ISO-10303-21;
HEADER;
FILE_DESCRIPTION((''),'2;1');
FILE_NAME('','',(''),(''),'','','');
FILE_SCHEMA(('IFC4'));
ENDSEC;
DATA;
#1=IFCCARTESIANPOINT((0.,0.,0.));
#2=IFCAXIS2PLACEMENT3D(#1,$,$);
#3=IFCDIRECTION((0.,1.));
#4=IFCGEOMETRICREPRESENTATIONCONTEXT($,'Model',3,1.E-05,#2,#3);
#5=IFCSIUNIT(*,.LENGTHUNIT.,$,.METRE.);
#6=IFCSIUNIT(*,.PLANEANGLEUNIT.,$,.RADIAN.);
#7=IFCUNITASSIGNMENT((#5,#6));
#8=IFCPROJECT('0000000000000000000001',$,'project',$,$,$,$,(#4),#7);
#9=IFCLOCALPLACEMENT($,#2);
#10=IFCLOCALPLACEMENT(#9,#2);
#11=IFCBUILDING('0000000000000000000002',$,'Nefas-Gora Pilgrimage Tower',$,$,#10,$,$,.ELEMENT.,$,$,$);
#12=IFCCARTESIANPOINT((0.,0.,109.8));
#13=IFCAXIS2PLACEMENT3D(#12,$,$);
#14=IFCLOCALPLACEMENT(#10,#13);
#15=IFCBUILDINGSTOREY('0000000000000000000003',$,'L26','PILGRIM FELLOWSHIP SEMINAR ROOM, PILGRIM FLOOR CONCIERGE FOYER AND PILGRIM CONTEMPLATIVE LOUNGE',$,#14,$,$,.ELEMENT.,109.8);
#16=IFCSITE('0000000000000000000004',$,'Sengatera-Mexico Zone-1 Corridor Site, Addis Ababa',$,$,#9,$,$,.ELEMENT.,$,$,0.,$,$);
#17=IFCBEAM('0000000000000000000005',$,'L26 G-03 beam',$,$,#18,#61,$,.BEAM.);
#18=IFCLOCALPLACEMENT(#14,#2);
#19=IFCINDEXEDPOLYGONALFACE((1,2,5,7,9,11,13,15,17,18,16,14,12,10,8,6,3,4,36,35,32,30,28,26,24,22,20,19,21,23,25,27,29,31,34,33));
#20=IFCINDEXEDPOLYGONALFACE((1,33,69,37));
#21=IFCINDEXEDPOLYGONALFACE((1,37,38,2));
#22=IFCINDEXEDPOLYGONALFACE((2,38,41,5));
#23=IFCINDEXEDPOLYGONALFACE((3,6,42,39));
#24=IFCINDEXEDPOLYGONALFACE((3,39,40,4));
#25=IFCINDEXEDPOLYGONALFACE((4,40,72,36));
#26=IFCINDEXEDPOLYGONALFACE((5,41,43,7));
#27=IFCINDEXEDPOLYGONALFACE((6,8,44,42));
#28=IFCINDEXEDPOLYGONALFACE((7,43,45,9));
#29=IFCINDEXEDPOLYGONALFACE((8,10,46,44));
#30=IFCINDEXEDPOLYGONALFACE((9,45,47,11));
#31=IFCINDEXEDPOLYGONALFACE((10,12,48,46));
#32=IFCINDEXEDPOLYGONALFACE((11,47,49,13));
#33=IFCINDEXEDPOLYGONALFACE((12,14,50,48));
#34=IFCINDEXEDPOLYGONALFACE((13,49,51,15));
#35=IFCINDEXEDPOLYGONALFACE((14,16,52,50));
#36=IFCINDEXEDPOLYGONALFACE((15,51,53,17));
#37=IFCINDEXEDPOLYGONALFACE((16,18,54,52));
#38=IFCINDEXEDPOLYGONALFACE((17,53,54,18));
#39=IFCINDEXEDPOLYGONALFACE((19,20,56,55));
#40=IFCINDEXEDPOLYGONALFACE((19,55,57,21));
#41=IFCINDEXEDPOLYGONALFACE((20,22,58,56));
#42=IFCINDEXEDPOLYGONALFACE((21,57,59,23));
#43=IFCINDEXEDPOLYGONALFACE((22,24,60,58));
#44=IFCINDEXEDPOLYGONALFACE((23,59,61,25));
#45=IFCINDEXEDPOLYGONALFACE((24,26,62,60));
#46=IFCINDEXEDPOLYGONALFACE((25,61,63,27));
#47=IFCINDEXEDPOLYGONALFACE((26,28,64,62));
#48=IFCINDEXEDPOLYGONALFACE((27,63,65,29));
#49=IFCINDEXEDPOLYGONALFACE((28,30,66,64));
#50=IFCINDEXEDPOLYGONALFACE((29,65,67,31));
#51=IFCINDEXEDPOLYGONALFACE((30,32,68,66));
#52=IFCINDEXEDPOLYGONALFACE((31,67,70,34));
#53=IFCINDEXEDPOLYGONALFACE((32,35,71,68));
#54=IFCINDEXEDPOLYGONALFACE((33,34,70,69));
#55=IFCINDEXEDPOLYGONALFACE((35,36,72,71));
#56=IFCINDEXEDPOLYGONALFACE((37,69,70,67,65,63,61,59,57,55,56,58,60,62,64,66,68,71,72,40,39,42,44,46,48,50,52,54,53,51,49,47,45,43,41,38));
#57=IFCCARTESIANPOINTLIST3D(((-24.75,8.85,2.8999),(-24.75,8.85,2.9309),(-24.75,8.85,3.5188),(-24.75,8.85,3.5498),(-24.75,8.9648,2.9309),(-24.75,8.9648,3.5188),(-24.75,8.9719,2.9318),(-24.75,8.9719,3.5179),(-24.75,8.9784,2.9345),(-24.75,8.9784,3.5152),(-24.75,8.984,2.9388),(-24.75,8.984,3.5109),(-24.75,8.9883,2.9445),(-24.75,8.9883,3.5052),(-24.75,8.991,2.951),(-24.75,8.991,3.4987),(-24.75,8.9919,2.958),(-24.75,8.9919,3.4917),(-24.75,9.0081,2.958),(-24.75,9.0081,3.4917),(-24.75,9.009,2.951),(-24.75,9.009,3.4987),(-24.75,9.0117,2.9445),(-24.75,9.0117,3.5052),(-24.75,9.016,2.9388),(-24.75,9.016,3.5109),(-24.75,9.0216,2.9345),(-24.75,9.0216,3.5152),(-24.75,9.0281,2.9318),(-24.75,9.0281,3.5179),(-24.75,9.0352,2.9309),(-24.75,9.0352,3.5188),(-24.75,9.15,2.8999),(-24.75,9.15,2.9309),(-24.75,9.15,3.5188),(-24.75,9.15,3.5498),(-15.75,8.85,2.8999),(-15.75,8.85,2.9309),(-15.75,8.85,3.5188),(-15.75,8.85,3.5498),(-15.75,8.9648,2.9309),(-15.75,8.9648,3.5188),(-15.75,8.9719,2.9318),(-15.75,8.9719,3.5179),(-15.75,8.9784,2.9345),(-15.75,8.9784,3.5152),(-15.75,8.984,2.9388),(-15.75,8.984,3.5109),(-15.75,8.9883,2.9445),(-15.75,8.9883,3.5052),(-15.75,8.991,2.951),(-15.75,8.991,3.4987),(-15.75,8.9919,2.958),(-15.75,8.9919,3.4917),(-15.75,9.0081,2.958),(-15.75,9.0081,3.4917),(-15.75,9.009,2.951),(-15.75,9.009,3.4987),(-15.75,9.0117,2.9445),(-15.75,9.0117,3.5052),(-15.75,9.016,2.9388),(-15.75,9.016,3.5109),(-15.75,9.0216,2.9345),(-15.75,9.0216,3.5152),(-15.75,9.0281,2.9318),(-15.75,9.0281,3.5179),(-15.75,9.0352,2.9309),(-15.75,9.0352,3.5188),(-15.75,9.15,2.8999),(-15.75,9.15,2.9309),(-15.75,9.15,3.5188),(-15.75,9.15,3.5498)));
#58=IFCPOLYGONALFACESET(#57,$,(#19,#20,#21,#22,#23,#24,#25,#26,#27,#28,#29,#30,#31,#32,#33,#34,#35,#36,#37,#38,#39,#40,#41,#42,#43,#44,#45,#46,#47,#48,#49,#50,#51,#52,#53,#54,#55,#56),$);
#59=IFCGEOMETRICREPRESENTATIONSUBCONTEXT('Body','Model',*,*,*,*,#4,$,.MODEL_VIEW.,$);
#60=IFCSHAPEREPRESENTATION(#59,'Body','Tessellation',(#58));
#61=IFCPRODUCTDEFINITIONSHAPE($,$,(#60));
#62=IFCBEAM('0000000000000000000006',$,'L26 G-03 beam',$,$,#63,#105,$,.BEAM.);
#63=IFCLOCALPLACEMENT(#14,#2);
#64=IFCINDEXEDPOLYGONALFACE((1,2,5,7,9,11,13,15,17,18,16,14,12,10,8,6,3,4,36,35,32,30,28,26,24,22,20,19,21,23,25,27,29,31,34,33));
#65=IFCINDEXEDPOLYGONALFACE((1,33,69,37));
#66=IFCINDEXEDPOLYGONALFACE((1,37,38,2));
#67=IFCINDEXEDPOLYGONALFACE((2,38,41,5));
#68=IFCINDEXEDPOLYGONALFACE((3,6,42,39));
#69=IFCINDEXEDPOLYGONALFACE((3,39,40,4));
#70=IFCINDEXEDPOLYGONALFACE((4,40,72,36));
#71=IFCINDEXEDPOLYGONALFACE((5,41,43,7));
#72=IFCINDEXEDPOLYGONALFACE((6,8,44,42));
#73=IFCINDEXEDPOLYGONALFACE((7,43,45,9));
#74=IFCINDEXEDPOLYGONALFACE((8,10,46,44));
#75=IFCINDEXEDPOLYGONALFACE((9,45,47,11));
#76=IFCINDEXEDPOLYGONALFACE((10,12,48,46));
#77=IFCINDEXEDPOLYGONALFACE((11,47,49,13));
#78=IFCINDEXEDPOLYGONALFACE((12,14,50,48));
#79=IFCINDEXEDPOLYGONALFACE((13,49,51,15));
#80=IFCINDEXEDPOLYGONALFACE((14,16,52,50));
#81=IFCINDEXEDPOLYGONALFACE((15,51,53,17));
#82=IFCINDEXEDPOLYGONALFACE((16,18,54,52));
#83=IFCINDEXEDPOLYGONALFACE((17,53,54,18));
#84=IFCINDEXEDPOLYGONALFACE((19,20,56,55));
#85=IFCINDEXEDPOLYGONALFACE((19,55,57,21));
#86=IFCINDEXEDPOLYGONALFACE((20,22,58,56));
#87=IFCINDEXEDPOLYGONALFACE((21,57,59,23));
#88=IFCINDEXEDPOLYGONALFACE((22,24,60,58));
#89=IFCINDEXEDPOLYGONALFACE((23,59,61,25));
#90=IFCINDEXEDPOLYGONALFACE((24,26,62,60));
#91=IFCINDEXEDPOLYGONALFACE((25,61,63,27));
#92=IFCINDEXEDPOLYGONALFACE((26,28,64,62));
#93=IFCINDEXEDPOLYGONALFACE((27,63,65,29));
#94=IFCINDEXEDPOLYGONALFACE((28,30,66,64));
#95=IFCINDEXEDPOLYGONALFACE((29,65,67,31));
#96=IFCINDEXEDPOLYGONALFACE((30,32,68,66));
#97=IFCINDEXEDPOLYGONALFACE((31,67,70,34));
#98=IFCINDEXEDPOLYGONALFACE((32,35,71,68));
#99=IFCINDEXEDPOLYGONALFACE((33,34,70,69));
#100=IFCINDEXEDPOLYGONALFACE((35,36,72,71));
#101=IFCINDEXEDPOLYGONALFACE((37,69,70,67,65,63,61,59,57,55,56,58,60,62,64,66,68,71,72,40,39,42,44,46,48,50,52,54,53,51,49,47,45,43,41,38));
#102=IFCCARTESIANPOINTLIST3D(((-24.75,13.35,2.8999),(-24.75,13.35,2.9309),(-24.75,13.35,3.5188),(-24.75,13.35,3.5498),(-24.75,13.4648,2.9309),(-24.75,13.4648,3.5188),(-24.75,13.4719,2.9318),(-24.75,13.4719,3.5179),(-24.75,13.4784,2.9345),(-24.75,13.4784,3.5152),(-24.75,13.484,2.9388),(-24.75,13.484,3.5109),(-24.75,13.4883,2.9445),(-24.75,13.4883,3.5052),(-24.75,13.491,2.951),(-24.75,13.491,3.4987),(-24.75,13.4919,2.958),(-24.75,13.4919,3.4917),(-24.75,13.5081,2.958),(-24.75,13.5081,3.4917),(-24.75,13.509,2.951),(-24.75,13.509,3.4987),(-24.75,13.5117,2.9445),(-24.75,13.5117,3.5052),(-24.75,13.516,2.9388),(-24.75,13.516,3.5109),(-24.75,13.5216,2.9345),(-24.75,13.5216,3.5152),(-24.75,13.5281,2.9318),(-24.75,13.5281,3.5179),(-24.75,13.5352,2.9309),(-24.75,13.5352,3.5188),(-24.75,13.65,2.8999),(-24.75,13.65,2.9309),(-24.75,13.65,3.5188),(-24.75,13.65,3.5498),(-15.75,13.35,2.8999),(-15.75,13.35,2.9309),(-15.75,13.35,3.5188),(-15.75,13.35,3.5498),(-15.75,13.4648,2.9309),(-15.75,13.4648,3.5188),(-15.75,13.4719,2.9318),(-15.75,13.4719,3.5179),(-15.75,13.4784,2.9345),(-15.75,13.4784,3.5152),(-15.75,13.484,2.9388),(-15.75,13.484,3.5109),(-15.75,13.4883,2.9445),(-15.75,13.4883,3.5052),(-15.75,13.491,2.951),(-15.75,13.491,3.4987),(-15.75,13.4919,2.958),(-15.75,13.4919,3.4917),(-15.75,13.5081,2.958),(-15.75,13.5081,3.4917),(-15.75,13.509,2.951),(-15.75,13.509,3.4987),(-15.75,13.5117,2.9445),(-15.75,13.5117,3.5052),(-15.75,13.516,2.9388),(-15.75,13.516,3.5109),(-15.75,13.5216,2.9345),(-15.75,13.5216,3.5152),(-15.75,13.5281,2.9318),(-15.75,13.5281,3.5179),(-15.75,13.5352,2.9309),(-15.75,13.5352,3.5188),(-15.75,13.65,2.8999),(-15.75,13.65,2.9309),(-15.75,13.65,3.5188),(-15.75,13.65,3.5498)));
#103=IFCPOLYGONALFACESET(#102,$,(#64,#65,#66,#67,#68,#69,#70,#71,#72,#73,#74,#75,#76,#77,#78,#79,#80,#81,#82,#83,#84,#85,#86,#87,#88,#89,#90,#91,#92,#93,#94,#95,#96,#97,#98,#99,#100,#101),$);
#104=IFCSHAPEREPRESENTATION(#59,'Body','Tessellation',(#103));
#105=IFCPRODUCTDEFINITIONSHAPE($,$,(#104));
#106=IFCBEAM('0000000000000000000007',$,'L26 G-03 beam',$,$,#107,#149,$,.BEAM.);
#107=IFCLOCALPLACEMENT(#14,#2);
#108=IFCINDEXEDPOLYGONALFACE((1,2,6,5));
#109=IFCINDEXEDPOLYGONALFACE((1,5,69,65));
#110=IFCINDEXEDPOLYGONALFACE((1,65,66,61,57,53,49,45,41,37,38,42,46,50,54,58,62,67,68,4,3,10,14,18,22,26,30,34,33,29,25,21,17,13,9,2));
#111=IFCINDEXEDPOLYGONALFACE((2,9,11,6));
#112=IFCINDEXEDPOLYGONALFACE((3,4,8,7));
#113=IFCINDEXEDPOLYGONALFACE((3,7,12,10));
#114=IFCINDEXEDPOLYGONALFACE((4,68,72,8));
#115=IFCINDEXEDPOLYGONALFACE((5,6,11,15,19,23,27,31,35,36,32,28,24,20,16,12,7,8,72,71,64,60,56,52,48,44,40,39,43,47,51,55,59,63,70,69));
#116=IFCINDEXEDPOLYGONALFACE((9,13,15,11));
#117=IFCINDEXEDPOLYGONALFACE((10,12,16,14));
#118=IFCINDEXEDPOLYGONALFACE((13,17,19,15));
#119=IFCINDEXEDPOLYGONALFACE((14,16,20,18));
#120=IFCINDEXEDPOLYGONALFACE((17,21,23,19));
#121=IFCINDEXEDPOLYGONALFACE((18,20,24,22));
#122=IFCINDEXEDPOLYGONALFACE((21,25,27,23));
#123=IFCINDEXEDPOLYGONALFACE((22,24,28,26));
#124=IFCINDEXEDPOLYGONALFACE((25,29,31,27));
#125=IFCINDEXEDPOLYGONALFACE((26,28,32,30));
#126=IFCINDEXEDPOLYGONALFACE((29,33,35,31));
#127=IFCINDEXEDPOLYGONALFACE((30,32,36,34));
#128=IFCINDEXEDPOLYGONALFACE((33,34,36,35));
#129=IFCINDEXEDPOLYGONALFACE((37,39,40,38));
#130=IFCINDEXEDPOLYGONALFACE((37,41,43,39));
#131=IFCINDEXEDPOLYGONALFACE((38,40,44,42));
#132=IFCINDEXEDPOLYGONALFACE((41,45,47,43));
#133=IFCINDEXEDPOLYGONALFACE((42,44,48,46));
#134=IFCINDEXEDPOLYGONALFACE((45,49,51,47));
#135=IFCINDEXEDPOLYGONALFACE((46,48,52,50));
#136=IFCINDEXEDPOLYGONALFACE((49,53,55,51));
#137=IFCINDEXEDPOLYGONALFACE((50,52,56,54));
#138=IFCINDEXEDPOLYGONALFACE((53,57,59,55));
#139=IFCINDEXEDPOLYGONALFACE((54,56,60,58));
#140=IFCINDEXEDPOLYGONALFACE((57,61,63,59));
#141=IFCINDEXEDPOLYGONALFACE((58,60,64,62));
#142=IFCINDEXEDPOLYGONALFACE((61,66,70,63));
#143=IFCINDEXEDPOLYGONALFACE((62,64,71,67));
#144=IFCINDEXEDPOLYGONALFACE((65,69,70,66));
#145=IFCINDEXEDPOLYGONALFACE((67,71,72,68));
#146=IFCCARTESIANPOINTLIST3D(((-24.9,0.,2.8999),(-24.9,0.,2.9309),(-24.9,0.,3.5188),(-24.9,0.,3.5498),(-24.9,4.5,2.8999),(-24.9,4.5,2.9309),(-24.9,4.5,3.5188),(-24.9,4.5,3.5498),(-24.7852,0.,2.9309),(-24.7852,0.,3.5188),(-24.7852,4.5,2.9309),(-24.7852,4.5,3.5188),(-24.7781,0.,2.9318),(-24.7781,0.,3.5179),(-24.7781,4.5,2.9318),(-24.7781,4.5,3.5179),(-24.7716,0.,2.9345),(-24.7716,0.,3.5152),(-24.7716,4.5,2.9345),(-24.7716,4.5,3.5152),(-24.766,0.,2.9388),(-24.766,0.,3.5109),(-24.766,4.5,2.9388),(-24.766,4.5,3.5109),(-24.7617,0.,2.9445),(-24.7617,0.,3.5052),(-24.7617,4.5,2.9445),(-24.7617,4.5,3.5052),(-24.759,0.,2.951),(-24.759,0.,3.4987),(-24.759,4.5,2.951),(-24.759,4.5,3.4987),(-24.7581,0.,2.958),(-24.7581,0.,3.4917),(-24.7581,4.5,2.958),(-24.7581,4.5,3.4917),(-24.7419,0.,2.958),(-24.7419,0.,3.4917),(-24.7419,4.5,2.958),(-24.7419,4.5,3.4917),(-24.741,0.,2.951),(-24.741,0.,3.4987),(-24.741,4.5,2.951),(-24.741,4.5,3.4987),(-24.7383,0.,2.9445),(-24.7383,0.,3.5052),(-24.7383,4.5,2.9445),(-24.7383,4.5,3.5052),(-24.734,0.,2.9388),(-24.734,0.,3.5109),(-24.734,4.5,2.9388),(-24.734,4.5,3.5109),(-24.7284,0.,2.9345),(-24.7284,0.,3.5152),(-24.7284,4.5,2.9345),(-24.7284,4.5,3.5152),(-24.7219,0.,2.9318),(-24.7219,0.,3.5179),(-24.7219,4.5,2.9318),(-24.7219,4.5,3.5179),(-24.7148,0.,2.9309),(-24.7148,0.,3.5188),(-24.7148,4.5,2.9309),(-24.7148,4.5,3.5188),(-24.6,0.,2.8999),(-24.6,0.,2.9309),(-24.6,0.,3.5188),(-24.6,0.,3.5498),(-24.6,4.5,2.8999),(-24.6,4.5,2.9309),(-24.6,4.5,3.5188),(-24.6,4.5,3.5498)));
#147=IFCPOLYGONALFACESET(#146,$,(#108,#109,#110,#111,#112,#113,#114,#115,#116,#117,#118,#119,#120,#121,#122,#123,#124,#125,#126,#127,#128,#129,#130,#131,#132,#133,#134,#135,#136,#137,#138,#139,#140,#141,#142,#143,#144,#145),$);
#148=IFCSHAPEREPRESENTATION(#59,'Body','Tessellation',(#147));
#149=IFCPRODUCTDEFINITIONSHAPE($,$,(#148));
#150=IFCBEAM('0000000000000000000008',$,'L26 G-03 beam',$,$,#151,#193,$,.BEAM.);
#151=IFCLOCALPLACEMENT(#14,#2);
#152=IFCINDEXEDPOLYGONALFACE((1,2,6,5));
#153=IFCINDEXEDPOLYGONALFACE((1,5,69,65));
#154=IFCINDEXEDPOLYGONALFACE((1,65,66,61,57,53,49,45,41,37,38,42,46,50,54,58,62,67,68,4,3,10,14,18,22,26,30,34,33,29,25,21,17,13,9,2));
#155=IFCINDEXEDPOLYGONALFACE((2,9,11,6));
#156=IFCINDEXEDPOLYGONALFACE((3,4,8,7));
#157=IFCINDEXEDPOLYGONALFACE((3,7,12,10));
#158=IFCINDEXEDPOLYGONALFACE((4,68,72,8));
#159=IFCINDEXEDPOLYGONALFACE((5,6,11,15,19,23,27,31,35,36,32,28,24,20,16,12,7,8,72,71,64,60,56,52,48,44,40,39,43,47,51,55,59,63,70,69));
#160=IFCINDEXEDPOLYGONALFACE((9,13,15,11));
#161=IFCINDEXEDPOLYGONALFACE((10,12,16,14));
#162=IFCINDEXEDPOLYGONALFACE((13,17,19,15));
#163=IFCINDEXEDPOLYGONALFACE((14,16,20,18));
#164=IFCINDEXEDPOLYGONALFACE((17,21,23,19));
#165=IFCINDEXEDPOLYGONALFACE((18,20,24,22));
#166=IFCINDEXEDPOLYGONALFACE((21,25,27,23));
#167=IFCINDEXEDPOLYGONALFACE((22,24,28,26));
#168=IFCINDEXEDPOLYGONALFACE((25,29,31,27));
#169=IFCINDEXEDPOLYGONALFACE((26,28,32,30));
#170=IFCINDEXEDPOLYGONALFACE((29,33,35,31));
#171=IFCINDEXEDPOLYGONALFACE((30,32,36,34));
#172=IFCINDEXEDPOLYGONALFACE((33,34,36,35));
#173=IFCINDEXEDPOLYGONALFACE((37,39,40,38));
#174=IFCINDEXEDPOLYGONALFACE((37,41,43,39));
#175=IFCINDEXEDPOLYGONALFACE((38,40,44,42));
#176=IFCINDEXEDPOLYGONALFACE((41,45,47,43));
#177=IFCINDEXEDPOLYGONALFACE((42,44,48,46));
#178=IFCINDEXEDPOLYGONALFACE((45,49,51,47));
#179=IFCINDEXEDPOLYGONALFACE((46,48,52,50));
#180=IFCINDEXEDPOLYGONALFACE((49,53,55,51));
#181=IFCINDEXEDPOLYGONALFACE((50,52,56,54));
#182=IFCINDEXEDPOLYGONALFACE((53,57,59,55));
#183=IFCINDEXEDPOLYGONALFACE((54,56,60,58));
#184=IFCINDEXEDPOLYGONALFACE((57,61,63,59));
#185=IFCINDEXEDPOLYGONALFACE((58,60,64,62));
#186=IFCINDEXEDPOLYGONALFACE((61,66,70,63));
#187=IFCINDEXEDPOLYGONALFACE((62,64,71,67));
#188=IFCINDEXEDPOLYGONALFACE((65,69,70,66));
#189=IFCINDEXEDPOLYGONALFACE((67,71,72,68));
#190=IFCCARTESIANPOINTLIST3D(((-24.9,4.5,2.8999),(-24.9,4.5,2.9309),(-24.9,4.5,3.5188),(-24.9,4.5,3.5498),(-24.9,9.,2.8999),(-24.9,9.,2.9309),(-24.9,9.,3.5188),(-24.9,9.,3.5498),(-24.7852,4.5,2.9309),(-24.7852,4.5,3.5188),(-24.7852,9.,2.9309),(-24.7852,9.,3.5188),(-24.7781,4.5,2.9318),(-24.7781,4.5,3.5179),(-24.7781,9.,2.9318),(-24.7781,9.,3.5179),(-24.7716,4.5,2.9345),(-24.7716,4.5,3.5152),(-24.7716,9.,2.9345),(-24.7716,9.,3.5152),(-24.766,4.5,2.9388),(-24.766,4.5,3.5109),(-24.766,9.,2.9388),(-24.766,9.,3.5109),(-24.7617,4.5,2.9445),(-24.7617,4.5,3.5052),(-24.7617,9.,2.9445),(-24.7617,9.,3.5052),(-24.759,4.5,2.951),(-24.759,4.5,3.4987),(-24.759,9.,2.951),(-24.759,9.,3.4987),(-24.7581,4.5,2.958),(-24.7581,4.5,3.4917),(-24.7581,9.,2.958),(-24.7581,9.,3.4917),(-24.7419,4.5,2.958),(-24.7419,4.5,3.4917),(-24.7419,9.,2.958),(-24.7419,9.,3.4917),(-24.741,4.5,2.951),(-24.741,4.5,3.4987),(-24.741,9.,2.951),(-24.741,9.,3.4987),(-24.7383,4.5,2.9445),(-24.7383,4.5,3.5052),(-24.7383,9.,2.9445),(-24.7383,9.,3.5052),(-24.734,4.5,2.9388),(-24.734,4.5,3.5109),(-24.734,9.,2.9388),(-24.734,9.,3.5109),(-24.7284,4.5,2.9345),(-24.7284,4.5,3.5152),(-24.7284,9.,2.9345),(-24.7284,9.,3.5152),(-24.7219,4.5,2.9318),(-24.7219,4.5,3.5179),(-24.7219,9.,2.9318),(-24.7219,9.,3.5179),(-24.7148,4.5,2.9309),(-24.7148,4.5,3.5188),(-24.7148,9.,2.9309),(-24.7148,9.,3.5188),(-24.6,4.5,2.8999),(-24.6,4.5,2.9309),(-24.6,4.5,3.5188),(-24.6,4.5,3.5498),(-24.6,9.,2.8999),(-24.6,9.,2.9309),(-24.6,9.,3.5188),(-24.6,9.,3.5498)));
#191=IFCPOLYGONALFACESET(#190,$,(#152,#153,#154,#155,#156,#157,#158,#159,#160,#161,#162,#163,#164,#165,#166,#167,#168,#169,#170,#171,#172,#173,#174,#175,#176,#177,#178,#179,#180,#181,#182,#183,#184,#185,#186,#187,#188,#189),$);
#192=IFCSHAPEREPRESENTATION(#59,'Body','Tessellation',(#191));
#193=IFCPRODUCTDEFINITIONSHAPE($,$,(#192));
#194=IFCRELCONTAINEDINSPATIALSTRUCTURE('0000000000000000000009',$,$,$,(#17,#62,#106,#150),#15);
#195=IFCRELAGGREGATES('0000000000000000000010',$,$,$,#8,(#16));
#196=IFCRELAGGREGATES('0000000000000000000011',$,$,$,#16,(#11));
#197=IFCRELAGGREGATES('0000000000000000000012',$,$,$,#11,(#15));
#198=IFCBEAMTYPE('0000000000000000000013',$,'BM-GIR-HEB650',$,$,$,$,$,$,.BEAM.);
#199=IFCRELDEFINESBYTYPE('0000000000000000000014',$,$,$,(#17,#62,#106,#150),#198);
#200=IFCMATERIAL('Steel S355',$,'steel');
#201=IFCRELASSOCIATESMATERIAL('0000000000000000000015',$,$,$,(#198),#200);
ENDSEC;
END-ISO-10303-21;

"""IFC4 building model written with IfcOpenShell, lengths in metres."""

from ifc_helpers import new_model, si_unit, direction, frame, origin, origin_2d, place, context, subcontext, project, spatial, i_section, extrude, source, transform, mapped, material, material_profile, profile_set, type_object, element, save


model = new_model("IFC4")

# Units and contexts
model_context = context("Model", 3, precision=1e-05, world=origin(), true_north=direction((0.0, 1.0)))
body_context = subcontext(model_context, "Body", "Model", "MODEL_VIEW")
ifc_project = project(units=[si_unit("LENGTHUNIT", "METRE"), si_unit("PLANEANGLEUNIT", "RADIAN")], contexts=[model_context])

# Site, building, storey
site_placement = place(None, origin())
site = spatial("IfcSite", under=ifc_project, at=site_placement, Name="Sengatera-Mexico Zone-1 Corridor Site, Addis Ababa", CompositionType="ELEMENT", RefElevation=0.0)
building_placement = place(site_placement, origin())
building = spatial("IfcBuilding", under=site, at=building_placement, Name="Nefas-Gora Pilgrimage Tower", CompositionType="ELEMENT")
storey_placement = place(building_placement, frame((0.0, 0.0, 109.8)))
storey = spatial("IfcBuildingStorey", under=building, at=storey_placement, Name="L26", Description="PILGRIM FELLOWSHIP SEMINAR ROOM, PILGRIM FLOOR CONCIERGE FOYER AND PILGRIM CONTEMPLATIVE LOUNGE", CompositionType="ELEMENT", Elevation=109.8)

# Beams
ifc_material_1 = material(Name="Steel S355", Category="steel")
ifc_material_profile_1 = material_profile(ifc_material_1, i_section(OverallWidth=0.3, OverallDepth=0.6499, WebThickness=0.0161, FlangeThickness=0.031, FilletRadius=0.0271, at=origin_2d()), Name="HEB 650")
ifc_profile_set_1 = profile_set([ifc_material_profile_1], Name="Steel S355")
beam_type_1 = type_object("IfcBeamType", Name="BM-GIR-HEB650", PredefinedType="BEAM", material=ifc_profile_set_1)
shared_shape_1 = source(origin(), body_context, "Body", "SweptSolid", [
    extrude(i_section(OverallWidth=0.3, OverallDepth=0.6499, WebThickness=0.0161, FlangeThickness=0.031, FilletRadius=0.0271, at=origin_2d()), origin(), (0.0, 0.0, 1.0), 9.0),
])
for number, where, z_axis, x_axis, name in (
    (1, (-24.75, 9.0, 3.2249), (1.0, 0.0, 0.0), (0.0, 1.0, 0.0), "L26 G-03 beam"),
    (2, (-24.75, 13.5, 3.2249), (1.0, 0.0, 0.0), (0.0, 1.0, 0.0), "L26 G-03 beam"),
):
    element("IfcBeam", number, at=place(storey_placement, frame(where, z_axis=z_axis, x_axis=x_axis)), inside=storey, type_object=beam_type_1, Name=name, PredefinedType="BEAM", context=body_context, shape_type="MappedRepresentation", body=[
        mapped(shared_shape_1, transform((0.0, 0.0, 0.0), x_axis=(1.0, 0.0, 0.0), y_axis=(0.0, 1.0, 0.0), z_axis=(0.0, 0.0, 1.0), scale=1.0)),
    ])
shared_shape_2 = source(origin(), body_context, "Body", "SweptSolid", [
    extrude(i_section(OverallWidth=0.3, OverallDepth=0.6499, WebThickness=0.0161, FlangeThickness=0.031, FilletRadius=0.0271, at=origin_2d()), origin(), (0.0, 0.0, 1.0), 4.5),
])
for number, where, z_axis, x_axis, name in (
    (3, (-24.75, 0.0, 3.2249), (0.0, 1.0, 0.0), (-1.0, 0.0, 0.0), "L26 G-03 beam"),
    (4, (-24.75, 4.5, 3.2249), (0.0, 1.0, 0.0), (-1.0, 0.0, 0.0), "L26 G-03 beam"),
):
    element("IfcBeam", number, at=place(storey_placement, frame(where, z_axis=z_axis, x_axis=x_axis)), inside=storey, type_object=beam_type_1, Name=name, PredefinedType="BEAM", context=body_context, shape_type="MappedRepresentation", body=[
        mapped(shared_shape_2, transform((0.0, 0.0, 0.0), x_axis=(1.0, 0.0, 0.0), y_axis=(0.0, 1.0, 0.0), z_axis=(0.0, 0.0, 1.0), scale=1.0)),
    ])

save(model, "model.ifc")
